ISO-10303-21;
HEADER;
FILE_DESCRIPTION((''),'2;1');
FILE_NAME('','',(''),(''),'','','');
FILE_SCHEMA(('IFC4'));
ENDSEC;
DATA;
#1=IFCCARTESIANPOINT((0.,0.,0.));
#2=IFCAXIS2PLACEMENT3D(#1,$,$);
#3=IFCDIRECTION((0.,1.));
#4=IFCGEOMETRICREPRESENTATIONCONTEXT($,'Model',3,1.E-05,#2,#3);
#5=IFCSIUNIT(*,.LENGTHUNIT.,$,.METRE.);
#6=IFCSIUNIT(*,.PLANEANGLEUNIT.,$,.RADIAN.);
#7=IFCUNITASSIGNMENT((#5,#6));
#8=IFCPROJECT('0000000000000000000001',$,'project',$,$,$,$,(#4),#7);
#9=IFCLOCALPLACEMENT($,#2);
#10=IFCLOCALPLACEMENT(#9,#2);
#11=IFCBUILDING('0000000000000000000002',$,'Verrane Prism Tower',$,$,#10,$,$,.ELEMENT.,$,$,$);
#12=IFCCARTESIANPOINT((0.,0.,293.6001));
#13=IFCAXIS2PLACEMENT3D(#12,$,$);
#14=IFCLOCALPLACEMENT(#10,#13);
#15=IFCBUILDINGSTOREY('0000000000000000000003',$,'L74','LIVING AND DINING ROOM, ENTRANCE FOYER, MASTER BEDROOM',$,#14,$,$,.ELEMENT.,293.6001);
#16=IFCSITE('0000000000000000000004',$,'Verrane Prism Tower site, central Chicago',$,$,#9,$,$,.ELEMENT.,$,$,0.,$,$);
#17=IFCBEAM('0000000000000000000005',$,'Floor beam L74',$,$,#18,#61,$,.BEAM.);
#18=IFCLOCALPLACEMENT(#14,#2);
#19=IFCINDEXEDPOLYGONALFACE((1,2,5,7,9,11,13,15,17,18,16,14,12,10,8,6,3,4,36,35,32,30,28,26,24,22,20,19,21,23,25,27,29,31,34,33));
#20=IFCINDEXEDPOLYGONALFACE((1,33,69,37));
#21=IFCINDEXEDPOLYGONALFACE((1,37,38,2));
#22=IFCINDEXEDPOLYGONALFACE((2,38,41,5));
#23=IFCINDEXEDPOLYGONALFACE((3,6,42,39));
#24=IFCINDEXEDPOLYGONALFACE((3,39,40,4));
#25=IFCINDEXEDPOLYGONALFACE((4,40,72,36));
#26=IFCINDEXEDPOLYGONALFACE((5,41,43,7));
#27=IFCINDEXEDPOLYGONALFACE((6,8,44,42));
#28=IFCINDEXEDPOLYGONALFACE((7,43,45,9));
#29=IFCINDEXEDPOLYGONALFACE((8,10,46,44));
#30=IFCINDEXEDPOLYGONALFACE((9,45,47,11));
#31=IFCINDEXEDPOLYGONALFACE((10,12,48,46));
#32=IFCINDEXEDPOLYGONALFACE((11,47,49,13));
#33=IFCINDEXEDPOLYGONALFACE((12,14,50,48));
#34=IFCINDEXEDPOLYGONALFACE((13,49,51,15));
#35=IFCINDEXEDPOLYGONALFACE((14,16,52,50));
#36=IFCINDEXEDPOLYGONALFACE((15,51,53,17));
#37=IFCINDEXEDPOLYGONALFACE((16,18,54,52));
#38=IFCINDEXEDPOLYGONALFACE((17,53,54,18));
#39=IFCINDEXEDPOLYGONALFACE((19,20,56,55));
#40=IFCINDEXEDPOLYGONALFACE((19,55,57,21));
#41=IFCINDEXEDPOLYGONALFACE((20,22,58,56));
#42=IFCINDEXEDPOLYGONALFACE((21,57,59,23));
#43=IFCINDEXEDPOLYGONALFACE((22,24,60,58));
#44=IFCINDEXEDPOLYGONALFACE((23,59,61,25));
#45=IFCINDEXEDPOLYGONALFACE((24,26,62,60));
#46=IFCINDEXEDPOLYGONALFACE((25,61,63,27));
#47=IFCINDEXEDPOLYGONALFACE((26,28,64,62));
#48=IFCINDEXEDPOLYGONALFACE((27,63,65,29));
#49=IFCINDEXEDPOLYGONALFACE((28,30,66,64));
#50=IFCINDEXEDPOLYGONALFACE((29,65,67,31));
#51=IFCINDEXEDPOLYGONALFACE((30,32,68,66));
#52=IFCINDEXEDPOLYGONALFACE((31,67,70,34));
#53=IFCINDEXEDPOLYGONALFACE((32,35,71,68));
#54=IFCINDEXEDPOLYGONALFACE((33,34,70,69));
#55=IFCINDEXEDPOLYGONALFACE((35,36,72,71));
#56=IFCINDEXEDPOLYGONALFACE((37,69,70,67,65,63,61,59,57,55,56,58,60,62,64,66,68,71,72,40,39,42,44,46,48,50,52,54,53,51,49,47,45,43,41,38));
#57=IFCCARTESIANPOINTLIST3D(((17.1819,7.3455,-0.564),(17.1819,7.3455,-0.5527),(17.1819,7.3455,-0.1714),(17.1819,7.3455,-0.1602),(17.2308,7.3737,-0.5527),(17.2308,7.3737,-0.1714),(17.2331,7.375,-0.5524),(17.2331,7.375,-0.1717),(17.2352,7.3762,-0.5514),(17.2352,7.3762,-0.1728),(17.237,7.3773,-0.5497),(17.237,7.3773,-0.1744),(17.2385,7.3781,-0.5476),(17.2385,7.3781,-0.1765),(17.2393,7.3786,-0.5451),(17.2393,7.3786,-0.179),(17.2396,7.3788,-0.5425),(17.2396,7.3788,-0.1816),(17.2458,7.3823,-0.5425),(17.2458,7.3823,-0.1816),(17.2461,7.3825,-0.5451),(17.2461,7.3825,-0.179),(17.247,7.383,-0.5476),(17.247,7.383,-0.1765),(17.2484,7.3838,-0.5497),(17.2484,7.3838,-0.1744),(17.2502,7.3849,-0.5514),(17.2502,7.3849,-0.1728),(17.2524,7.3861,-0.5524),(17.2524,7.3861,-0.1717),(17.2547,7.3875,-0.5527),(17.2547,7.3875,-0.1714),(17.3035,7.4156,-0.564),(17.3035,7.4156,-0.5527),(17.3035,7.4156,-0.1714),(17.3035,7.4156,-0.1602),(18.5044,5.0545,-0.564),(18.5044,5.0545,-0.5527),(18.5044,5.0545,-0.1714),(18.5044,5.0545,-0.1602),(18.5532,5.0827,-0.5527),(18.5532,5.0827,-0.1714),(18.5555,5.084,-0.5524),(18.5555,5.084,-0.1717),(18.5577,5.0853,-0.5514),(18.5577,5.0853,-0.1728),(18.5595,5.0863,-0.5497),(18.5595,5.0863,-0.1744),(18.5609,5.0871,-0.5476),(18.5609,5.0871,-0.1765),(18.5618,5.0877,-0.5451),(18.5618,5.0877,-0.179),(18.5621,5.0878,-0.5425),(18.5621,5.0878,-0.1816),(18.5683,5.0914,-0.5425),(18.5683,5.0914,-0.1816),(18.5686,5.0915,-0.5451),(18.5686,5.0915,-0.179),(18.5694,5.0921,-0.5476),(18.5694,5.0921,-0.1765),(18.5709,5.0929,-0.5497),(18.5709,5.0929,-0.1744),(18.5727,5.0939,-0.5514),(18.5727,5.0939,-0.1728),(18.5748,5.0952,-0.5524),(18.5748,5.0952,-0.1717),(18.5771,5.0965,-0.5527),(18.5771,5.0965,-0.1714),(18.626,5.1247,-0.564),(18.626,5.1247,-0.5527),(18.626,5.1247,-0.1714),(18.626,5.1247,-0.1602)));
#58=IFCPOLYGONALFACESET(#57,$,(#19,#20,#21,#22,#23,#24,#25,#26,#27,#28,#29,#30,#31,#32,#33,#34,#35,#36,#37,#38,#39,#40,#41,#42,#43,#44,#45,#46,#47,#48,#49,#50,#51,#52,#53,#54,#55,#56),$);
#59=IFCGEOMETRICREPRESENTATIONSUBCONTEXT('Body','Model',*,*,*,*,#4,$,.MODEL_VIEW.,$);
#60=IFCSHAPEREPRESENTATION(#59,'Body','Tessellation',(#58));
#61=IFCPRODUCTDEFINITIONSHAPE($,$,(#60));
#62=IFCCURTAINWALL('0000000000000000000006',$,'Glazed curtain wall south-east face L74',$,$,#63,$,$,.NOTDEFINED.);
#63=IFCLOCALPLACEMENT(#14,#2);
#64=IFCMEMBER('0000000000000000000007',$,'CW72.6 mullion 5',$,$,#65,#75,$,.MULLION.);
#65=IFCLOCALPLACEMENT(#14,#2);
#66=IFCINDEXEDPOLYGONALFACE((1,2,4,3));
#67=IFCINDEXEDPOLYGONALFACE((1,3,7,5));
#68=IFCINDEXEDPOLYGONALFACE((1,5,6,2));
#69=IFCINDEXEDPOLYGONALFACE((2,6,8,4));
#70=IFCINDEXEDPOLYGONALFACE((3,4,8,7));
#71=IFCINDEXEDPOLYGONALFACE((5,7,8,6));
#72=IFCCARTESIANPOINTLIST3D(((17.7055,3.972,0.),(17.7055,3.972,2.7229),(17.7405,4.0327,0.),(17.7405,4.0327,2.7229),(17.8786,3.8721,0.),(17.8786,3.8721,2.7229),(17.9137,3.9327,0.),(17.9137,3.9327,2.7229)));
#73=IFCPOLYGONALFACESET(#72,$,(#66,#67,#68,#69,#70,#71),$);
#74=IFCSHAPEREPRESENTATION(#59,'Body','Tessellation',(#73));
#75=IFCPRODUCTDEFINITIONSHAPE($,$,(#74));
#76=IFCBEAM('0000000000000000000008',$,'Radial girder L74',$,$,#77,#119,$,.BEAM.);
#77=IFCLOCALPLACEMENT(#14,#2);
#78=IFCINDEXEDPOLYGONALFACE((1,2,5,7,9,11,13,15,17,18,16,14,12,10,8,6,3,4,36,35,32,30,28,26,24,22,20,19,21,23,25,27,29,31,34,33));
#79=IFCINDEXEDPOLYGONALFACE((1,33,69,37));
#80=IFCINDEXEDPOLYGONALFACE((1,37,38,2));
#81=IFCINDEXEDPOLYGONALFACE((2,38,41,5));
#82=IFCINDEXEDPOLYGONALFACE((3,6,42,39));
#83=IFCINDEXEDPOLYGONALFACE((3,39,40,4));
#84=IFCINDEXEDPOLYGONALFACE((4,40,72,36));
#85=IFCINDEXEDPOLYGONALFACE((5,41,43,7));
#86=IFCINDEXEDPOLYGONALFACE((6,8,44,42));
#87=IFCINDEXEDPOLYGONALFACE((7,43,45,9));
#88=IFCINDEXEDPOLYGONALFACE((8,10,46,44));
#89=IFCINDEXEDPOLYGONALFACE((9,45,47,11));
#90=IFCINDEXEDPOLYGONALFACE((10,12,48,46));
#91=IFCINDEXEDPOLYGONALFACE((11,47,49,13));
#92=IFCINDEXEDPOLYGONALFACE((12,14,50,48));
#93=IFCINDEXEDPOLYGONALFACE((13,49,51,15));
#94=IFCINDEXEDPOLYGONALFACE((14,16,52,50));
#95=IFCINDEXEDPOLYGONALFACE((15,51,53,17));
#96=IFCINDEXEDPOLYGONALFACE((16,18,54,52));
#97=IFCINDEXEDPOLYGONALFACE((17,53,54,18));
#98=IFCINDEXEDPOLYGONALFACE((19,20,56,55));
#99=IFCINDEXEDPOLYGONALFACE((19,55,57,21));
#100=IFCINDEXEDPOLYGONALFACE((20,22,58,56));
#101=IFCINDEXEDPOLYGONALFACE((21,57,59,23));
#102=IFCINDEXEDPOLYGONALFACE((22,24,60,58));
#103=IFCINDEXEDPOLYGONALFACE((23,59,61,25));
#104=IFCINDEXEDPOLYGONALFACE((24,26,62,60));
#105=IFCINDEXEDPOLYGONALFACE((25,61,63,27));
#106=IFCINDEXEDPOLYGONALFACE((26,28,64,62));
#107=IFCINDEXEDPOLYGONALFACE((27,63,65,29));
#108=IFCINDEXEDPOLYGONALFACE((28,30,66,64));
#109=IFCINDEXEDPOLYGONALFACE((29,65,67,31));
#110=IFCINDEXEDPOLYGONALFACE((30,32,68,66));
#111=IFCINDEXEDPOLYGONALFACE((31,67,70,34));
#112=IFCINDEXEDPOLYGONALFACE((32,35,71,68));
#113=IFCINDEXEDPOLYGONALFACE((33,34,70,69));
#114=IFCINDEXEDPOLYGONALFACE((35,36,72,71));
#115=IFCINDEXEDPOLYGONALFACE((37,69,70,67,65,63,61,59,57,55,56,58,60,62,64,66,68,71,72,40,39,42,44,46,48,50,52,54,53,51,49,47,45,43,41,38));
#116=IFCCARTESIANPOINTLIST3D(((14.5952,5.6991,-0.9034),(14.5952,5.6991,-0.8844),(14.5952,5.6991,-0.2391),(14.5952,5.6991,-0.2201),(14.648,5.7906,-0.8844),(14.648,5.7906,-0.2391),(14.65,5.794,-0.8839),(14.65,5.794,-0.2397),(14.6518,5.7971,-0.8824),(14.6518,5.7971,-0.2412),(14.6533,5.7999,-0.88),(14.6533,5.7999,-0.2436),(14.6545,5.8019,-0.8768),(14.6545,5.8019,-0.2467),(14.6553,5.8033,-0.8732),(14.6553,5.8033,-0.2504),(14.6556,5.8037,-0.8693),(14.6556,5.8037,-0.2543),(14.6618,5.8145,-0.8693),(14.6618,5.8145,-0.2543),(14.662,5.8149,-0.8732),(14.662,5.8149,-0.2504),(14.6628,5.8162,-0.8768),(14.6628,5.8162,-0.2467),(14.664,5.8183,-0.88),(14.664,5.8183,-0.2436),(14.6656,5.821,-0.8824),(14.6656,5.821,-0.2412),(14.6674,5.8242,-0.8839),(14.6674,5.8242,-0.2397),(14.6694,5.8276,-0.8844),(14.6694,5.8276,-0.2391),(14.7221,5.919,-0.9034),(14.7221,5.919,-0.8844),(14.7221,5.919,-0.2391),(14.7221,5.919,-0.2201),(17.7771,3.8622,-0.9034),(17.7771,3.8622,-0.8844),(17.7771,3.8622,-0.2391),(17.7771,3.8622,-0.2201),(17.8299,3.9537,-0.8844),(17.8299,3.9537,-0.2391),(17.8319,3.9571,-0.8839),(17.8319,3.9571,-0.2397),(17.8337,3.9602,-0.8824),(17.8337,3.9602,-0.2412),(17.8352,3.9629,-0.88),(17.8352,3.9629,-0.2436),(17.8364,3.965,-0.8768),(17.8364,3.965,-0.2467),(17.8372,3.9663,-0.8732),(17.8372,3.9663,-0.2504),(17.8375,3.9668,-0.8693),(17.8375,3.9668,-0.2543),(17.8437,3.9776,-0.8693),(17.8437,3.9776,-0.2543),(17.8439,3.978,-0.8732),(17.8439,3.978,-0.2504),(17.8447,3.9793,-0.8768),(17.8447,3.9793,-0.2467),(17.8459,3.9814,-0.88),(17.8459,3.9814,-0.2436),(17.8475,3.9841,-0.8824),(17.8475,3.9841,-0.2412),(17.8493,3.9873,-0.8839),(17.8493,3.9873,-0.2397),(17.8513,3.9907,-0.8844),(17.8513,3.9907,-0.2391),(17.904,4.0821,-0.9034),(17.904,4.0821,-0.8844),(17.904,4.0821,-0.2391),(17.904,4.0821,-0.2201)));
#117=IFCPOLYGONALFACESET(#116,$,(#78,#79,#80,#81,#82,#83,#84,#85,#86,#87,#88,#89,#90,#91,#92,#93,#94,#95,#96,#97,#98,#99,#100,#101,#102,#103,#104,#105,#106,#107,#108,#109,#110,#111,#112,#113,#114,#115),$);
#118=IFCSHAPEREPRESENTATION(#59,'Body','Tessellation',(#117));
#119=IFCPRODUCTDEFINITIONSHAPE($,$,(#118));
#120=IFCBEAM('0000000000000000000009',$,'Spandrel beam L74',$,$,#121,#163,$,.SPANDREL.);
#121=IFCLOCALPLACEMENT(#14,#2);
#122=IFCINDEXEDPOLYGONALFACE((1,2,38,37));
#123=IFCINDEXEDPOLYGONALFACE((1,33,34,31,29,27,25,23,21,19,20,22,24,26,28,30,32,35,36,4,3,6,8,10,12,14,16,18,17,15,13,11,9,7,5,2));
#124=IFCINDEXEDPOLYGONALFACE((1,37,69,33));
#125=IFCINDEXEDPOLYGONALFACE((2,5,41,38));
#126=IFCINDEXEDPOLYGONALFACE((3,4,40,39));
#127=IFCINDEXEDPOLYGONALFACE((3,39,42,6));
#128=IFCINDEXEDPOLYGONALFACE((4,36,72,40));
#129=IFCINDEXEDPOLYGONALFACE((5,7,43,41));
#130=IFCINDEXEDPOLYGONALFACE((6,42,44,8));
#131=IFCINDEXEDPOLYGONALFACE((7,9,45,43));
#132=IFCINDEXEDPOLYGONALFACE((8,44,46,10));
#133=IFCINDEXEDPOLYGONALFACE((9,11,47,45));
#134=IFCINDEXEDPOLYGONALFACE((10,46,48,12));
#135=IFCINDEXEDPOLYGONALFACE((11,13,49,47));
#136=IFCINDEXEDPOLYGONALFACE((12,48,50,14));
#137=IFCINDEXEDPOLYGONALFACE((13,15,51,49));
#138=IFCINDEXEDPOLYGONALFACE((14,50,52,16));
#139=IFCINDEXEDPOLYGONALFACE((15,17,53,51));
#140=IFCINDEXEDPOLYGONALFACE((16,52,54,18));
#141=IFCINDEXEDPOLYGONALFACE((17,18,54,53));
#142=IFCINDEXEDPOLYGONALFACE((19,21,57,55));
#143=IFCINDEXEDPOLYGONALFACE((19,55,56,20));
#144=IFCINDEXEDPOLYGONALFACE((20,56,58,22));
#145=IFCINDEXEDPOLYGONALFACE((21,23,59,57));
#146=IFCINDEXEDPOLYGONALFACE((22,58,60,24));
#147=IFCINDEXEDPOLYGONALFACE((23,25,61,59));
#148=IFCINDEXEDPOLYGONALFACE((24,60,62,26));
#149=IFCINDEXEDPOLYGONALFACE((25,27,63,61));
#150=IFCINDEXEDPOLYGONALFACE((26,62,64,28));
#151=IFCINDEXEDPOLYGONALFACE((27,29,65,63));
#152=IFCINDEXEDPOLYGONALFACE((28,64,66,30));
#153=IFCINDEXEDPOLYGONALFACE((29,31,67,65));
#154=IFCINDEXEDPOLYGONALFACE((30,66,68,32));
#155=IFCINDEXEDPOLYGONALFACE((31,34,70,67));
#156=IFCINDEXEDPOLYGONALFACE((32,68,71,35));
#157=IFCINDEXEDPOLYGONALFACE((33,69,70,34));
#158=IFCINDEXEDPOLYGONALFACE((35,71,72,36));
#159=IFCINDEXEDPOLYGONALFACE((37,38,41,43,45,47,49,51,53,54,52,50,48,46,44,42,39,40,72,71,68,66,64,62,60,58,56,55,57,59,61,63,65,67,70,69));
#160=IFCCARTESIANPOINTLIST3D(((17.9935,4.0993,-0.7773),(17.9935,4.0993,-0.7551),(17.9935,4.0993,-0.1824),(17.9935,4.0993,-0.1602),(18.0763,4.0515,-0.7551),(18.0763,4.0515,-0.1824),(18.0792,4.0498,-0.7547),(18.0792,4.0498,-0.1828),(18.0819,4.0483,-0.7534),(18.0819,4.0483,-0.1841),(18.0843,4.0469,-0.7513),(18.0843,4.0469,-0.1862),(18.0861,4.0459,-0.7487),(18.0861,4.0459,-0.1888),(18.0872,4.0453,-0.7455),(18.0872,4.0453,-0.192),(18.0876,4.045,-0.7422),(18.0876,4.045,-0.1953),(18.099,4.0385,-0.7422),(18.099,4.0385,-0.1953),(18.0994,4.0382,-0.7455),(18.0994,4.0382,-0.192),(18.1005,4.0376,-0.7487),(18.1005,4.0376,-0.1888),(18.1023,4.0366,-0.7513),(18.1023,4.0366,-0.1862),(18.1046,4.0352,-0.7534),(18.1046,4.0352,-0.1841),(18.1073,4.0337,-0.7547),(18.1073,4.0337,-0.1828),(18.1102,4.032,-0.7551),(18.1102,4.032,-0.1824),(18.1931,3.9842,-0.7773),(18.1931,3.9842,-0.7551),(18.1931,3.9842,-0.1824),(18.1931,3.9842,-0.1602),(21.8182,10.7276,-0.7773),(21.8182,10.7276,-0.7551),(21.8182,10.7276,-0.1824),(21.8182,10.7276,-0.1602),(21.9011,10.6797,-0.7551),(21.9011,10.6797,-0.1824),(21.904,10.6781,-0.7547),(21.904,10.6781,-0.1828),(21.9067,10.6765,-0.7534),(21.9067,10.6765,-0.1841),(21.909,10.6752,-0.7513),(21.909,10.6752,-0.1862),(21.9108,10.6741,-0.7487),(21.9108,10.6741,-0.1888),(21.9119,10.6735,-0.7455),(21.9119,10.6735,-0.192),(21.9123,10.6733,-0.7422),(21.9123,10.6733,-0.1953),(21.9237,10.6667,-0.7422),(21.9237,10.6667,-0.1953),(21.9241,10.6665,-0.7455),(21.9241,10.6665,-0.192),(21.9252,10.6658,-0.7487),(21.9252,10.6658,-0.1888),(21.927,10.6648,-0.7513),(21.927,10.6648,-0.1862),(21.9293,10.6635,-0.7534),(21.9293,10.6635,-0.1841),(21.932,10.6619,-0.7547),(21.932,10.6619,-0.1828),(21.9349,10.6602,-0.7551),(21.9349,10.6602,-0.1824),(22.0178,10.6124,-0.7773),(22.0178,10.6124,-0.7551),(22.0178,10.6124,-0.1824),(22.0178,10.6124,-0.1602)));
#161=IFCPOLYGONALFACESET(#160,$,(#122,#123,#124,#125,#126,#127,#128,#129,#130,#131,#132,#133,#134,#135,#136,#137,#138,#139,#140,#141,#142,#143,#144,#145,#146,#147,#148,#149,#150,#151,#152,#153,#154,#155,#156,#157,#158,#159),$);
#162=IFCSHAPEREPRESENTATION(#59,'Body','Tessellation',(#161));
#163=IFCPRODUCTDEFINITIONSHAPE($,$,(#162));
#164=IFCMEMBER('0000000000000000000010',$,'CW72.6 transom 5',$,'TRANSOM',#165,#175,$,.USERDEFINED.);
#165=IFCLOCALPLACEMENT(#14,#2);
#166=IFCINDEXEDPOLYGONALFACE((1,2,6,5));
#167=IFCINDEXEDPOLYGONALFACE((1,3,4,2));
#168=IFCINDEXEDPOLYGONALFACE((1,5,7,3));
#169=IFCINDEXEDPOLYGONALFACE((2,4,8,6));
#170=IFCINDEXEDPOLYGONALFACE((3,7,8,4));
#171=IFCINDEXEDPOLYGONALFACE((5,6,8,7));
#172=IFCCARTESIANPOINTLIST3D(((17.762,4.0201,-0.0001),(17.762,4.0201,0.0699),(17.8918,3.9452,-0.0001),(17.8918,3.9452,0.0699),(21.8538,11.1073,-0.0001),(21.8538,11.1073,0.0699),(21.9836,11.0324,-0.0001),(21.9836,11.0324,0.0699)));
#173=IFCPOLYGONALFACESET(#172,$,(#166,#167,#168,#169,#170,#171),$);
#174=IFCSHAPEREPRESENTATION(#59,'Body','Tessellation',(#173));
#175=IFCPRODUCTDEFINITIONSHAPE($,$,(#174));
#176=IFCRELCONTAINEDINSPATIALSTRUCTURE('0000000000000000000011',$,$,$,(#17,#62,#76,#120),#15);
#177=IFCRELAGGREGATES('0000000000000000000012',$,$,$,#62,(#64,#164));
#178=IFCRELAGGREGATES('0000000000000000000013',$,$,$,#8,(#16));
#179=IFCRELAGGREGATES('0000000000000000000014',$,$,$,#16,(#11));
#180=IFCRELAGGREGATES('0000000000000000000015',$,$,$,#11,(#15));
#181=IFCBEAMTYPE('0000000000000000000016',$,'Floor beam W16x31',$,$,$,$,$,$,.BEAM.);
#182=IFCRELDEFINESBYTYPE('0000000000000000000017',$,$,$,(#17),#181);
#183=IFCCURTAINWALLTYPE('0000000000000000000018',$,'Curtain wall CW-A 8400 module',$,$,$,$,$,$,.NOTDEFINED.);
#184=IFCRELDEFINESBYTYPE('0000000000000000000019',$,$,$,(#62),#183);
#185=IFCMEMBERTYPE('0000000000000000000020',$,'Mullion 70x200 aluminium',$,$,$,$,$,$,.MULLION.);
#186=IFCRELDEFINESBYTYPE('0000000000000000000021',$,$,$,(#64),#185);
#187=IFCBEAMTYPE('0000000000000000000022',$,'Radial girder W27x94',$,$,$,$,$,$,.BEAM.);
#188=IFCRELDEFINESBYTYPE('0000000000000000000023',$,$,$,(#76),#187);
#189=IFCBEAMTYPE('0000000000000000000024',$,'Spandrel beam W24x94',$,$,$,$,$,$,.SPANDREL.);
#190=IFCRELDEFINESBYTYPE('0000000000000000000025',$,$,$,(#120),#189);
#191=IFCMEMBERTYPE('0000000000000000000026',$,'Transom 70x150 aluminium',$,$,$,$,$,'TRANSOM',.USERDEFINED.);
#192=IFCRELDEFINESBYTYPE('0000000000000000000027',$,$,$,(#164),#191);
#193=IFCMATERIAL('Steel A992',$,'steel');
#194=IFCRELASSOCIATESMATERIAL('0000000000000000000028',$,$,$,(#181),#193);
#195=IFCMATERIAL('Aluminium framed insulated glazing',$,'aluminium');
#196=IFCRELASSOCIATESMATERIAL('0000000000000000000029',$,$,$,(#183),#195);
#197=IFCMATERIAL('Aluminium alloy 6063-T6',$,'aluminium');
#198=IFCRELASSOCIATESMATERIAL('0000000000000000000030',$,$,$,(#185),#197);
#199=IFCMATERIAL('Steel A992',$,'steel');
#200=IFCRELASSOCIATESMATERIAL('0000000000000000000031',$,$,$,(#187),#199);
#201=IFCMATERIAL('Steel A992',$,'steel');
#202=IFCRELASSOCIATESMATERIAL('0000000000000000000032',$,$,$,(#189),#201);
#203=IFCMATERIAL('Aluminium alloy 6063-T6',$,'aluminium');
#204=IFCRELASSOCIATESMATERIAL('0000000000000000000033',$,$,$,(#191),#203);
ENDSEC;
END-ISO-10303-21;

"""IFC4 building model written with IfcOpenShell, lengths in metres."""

from ifc_helpers import new_model, si_unit, direction, frame, origin, origin_2d, place, context, subcontext, project, spatial, rectangle, i_section, extrude, material, material_profile, profile_set, type_object, element, aggregate, save


model = new_model("IFC4")

# Units and contexts
model_context = context("Model", 3, precision=1e-05, world=origin(), true_north=direction((0.0, 1.0)))
body_context = subcontext(model_context, "Body", "Model", "MODEL_VIEW")
ifc_project = project(units=[si_unit("LENGTHUNIT", "METRE"), si_unit("PLANEANGLEUNIT", "RADIAN")], contexts=[model_context])

# Site, building, storey
site_placement = place(None, origin())
site = spatial("IfcSite", under=ifc_project, at=site_placement, Name="Verrane Prism Tower site, central Chicago", CompositionType="ELEMENT", RefElevation=0.0)
building_placement = place(site_placement, origin())
building = spatial("IfcBuilding", under=site, at=building_placement, Name="Verrane Prism Tower", CompositionType="ELEMENT")
storey_placement = place(building_placement, frame((0.0, 0.0, 293.6001)))
storey = spatial("IfcBuildingStorey", under=building, at=storey_placement, Name="L74", Description="LIVING AND DINING ROOM, ENTRANCE FOYER, MASTER BEDROOM", CompositionType="ELEMENT", Elevation=293.6001)

# Beam
ifc_material_1 = material(Name="Steel A992", Category="steel")
ifc_material_profile_1 = material_profile(ifc_material_1, i_section(OverallWidth=0.1404, OverallDepth=0.4038, WebThickness=0.0071, FlangeThickness=0.0112, FilletRadius=0.0103, at=origin_2d()), Name="W16x31")
ifc_profile_set_1 = profile_set([ifc_material_profile_1], Name="Steel A992")
beam_type_1 = type_object("IfcBeamType", Name="Floor beam W16x31", PredefinedType="BEAM", material=ifc_profile_set_1)
beam_1_placement = place(storey_placement, frame((18.5652, 5.0896, -0.3621), z_axis=(-0.499941, 0.86606, 0.0), x_axis=(-0.86606, -0.499941, 0.0)))
element("IfcBeam", 1, at=beam_1_placement, inside=storey, type_object=beam_type_1, Name="Floor beam L74", PredefinedType="BEAM", context=body_context, shape_type="SweptSolid", body=[
    extrude(i_section(OverallWidth=0.1404, OverallDepth=0.4038, WebThickness=0.0071, FlangeThickness=0.0112, FilletRadius=0.0103, at=origin_2d()), origin(), (0.0, 0.0, 1.0), 2.6453),
])

# Curtain wall, member
ifc_material_2 = material(Name="Aluminium framed insulated glazing", Category="aluminium")
curtain_wall_type = type_object("IfcCurtainWallType", Name="Curtain wall CW-A 8400 module", PredefinedType="NOTDEFINED", material=ifc_material_2)
curtain_wall_placement = place(storey_placement, origin())
curtain_wall = element("IfcCurtainWall", 2, at=curtain_wall_placement, inside=storey, type_object=curtain_wall_type, Name="Glazed curtain wall south-east face L74", PredefinedType="NOTDEFINED")
ifc_material_3 = material(Name="Aluminium alloy 6063-T6", Category="aluminium")
ifc_material_profile_2 = material_profile(ifc_material_3, rectangle(XDim=0.2, YDim=0.0701, at=origin_2d()), Name="Mullion 70x200 aluminium")
ifc_profile_set_2 = profile_set([ifc_material_profile_2], Name="Aluminium alloy 6063-T6")
member_type_1 = type_object("IfcMemberType", Name="Mullion 70x200 aluminium", PredefinedType="MULLION", material=ifc_profile_set_2)
member_1_placement = place(storey_placement, frame((17.8096, 3.9524, 0.0), z_axis=(0.0, 0.0, 1.0), x_axis=(-0.866025, 0.500001, 0.0)))
member_1 = element("IfcMember", 3, at=member_1_placement, type_object=member_type_1, Name="CW72.6 mullion 5", PredefinedType="MULLION", context=body_context, shape_type="SweptSolid", body=[
    extrude(rectangle(XDim=0.2, YDim=0.0701, at=origin_2d()), origin(), (0.0, 0.0, 1.0), 2.7229),
])

# Beams
ifc_material_4 = material(Name="Steel A992", Category="steel")
ifc_material_profile_3 = material_profile(ifc_material_4, i_section(OverallWidth=0.2539, OverallDepth=0.6833, WebThickness=0.0125, FlangeThickness=0.019, FilletRadius=0.0151, at=origin_2d()), Name="W27x94")
ifc_profile_set_3 = profile_set([ifc_material_profile_3], Name="Steel A992")
beam_type_2 = type_object("IfcBeamType", Name="Radial girder W27x94", PredefinedType="BEAM", material=ifc_profile_set_3)
beam_2_placement = place(storey_placement, frame((17.8406, 3.9722, -0.5618), z_axis=(-0.866043, 0.49997, 0.0), x_axis=(-0.49997, -0.866043, 0.0)))
element("IfcBeam", 4, at=beam_2_placement, inside=storey, type_object=beam_type_2, Name="Radial girder L74", PredefinedType="BEAM", context=body_context, shape_type="SweptSolid", body=[
    extrude(i_section(OverallWidth=0.2539, OverallDepth=0.6833, WebThickness=0.0125, FlangeThickness=0.019, FilletRadius=0.0151, at=origin_2d()), origin(), (0.0, 0.0, 1.0), 3.6741),
])
ifc_material_5 = material(Name="Steel A992", Category="steel")
ifc_material_profile_4 = material_profile(ifc_material_5, i_section(OverallWidth=0.2305, OverallDepth=0.6172, WebThickness=0.0132, FlangeThickness=0.0222, FilletRadius=0.0129, at=origin_2d()), Name="W24x94")
ifc_profile_set_4 = profile_set([ifc_material_profile_4], Name="Steel A992")
beam_type_3 = type_object("IfcBeamType", Name="Spandrel beam W24x94", PredefinedType="SPANDREL", material=ifc_profile_set_4)
beam_3_placement = place(storey_placement, frame((18.0933, 4.0417, -0.4688), z_axis=(0.499797, 0.866143, 0.0), x_axis=(-0.866143, 0.499797, 0.0)))
element("IfcBeam", 5, at=beam_3_placement, inside=storey, type_object=beam_type_3, Name="Spandrel beam L74", PredefinedType="SPANDREL", context=body_context, shape_type="SweptSolid", body=[
    extrude(i_section(OverallWidth=0.2305, OverallDepth=0.6172, WebThickness=0.0132, FlangeThickness=0.0222, FilletRadius=0.0129, at=origin_2d()), origin(), (0.0, 0.0, 1.0), 7.6526),
])

# Member
ifc_material_6 = material(Name="Aluminium alloy 6063-T6", Category="aluminium")
ifc_material_profile_5 = material_profile(ifc_material_6, rectangle(XDim=0.1499, YDim=0.0701, at=origin_2d()), Name="Transom 70x150 aluminium")
ifc_profile_set_5 = profile_set([ifc_material_profile_5], Name="Aluminium alloy 6063-T6")
member_type_2 = type_object("IfcMemberType", Name="Transom 70x150 aluminium", ElementType="TRANSOM", PredefinedType="USERDEFINED", material=ifc_profile_set_5)
member_2_placement = place(storey_placement, frame((17.8269, 3.9827, 0.0349), z_axis=(0.500002, 0.866024, 0.0), x_axis=(-0.866024, 0.500002, 0.0)))
member_2 = element("IfcMember", 6, at=member_2_placement, type_object=member_type_2, Name="CW72.6 transom 5", ObjectType="TRANSOM", PredefinedType="USERDEFINED", context=body_context, shape_type="SweptSolid", body=[
    extrude(rectangle(XDim=0.1499, YDim=0.0701, at=origin_2d()), origin(), (0.0, 0.0, 1.0), 8.1836),
])

aggregate(curtain_wall, [member_1, member_2])

save(model, "model.ifc")
